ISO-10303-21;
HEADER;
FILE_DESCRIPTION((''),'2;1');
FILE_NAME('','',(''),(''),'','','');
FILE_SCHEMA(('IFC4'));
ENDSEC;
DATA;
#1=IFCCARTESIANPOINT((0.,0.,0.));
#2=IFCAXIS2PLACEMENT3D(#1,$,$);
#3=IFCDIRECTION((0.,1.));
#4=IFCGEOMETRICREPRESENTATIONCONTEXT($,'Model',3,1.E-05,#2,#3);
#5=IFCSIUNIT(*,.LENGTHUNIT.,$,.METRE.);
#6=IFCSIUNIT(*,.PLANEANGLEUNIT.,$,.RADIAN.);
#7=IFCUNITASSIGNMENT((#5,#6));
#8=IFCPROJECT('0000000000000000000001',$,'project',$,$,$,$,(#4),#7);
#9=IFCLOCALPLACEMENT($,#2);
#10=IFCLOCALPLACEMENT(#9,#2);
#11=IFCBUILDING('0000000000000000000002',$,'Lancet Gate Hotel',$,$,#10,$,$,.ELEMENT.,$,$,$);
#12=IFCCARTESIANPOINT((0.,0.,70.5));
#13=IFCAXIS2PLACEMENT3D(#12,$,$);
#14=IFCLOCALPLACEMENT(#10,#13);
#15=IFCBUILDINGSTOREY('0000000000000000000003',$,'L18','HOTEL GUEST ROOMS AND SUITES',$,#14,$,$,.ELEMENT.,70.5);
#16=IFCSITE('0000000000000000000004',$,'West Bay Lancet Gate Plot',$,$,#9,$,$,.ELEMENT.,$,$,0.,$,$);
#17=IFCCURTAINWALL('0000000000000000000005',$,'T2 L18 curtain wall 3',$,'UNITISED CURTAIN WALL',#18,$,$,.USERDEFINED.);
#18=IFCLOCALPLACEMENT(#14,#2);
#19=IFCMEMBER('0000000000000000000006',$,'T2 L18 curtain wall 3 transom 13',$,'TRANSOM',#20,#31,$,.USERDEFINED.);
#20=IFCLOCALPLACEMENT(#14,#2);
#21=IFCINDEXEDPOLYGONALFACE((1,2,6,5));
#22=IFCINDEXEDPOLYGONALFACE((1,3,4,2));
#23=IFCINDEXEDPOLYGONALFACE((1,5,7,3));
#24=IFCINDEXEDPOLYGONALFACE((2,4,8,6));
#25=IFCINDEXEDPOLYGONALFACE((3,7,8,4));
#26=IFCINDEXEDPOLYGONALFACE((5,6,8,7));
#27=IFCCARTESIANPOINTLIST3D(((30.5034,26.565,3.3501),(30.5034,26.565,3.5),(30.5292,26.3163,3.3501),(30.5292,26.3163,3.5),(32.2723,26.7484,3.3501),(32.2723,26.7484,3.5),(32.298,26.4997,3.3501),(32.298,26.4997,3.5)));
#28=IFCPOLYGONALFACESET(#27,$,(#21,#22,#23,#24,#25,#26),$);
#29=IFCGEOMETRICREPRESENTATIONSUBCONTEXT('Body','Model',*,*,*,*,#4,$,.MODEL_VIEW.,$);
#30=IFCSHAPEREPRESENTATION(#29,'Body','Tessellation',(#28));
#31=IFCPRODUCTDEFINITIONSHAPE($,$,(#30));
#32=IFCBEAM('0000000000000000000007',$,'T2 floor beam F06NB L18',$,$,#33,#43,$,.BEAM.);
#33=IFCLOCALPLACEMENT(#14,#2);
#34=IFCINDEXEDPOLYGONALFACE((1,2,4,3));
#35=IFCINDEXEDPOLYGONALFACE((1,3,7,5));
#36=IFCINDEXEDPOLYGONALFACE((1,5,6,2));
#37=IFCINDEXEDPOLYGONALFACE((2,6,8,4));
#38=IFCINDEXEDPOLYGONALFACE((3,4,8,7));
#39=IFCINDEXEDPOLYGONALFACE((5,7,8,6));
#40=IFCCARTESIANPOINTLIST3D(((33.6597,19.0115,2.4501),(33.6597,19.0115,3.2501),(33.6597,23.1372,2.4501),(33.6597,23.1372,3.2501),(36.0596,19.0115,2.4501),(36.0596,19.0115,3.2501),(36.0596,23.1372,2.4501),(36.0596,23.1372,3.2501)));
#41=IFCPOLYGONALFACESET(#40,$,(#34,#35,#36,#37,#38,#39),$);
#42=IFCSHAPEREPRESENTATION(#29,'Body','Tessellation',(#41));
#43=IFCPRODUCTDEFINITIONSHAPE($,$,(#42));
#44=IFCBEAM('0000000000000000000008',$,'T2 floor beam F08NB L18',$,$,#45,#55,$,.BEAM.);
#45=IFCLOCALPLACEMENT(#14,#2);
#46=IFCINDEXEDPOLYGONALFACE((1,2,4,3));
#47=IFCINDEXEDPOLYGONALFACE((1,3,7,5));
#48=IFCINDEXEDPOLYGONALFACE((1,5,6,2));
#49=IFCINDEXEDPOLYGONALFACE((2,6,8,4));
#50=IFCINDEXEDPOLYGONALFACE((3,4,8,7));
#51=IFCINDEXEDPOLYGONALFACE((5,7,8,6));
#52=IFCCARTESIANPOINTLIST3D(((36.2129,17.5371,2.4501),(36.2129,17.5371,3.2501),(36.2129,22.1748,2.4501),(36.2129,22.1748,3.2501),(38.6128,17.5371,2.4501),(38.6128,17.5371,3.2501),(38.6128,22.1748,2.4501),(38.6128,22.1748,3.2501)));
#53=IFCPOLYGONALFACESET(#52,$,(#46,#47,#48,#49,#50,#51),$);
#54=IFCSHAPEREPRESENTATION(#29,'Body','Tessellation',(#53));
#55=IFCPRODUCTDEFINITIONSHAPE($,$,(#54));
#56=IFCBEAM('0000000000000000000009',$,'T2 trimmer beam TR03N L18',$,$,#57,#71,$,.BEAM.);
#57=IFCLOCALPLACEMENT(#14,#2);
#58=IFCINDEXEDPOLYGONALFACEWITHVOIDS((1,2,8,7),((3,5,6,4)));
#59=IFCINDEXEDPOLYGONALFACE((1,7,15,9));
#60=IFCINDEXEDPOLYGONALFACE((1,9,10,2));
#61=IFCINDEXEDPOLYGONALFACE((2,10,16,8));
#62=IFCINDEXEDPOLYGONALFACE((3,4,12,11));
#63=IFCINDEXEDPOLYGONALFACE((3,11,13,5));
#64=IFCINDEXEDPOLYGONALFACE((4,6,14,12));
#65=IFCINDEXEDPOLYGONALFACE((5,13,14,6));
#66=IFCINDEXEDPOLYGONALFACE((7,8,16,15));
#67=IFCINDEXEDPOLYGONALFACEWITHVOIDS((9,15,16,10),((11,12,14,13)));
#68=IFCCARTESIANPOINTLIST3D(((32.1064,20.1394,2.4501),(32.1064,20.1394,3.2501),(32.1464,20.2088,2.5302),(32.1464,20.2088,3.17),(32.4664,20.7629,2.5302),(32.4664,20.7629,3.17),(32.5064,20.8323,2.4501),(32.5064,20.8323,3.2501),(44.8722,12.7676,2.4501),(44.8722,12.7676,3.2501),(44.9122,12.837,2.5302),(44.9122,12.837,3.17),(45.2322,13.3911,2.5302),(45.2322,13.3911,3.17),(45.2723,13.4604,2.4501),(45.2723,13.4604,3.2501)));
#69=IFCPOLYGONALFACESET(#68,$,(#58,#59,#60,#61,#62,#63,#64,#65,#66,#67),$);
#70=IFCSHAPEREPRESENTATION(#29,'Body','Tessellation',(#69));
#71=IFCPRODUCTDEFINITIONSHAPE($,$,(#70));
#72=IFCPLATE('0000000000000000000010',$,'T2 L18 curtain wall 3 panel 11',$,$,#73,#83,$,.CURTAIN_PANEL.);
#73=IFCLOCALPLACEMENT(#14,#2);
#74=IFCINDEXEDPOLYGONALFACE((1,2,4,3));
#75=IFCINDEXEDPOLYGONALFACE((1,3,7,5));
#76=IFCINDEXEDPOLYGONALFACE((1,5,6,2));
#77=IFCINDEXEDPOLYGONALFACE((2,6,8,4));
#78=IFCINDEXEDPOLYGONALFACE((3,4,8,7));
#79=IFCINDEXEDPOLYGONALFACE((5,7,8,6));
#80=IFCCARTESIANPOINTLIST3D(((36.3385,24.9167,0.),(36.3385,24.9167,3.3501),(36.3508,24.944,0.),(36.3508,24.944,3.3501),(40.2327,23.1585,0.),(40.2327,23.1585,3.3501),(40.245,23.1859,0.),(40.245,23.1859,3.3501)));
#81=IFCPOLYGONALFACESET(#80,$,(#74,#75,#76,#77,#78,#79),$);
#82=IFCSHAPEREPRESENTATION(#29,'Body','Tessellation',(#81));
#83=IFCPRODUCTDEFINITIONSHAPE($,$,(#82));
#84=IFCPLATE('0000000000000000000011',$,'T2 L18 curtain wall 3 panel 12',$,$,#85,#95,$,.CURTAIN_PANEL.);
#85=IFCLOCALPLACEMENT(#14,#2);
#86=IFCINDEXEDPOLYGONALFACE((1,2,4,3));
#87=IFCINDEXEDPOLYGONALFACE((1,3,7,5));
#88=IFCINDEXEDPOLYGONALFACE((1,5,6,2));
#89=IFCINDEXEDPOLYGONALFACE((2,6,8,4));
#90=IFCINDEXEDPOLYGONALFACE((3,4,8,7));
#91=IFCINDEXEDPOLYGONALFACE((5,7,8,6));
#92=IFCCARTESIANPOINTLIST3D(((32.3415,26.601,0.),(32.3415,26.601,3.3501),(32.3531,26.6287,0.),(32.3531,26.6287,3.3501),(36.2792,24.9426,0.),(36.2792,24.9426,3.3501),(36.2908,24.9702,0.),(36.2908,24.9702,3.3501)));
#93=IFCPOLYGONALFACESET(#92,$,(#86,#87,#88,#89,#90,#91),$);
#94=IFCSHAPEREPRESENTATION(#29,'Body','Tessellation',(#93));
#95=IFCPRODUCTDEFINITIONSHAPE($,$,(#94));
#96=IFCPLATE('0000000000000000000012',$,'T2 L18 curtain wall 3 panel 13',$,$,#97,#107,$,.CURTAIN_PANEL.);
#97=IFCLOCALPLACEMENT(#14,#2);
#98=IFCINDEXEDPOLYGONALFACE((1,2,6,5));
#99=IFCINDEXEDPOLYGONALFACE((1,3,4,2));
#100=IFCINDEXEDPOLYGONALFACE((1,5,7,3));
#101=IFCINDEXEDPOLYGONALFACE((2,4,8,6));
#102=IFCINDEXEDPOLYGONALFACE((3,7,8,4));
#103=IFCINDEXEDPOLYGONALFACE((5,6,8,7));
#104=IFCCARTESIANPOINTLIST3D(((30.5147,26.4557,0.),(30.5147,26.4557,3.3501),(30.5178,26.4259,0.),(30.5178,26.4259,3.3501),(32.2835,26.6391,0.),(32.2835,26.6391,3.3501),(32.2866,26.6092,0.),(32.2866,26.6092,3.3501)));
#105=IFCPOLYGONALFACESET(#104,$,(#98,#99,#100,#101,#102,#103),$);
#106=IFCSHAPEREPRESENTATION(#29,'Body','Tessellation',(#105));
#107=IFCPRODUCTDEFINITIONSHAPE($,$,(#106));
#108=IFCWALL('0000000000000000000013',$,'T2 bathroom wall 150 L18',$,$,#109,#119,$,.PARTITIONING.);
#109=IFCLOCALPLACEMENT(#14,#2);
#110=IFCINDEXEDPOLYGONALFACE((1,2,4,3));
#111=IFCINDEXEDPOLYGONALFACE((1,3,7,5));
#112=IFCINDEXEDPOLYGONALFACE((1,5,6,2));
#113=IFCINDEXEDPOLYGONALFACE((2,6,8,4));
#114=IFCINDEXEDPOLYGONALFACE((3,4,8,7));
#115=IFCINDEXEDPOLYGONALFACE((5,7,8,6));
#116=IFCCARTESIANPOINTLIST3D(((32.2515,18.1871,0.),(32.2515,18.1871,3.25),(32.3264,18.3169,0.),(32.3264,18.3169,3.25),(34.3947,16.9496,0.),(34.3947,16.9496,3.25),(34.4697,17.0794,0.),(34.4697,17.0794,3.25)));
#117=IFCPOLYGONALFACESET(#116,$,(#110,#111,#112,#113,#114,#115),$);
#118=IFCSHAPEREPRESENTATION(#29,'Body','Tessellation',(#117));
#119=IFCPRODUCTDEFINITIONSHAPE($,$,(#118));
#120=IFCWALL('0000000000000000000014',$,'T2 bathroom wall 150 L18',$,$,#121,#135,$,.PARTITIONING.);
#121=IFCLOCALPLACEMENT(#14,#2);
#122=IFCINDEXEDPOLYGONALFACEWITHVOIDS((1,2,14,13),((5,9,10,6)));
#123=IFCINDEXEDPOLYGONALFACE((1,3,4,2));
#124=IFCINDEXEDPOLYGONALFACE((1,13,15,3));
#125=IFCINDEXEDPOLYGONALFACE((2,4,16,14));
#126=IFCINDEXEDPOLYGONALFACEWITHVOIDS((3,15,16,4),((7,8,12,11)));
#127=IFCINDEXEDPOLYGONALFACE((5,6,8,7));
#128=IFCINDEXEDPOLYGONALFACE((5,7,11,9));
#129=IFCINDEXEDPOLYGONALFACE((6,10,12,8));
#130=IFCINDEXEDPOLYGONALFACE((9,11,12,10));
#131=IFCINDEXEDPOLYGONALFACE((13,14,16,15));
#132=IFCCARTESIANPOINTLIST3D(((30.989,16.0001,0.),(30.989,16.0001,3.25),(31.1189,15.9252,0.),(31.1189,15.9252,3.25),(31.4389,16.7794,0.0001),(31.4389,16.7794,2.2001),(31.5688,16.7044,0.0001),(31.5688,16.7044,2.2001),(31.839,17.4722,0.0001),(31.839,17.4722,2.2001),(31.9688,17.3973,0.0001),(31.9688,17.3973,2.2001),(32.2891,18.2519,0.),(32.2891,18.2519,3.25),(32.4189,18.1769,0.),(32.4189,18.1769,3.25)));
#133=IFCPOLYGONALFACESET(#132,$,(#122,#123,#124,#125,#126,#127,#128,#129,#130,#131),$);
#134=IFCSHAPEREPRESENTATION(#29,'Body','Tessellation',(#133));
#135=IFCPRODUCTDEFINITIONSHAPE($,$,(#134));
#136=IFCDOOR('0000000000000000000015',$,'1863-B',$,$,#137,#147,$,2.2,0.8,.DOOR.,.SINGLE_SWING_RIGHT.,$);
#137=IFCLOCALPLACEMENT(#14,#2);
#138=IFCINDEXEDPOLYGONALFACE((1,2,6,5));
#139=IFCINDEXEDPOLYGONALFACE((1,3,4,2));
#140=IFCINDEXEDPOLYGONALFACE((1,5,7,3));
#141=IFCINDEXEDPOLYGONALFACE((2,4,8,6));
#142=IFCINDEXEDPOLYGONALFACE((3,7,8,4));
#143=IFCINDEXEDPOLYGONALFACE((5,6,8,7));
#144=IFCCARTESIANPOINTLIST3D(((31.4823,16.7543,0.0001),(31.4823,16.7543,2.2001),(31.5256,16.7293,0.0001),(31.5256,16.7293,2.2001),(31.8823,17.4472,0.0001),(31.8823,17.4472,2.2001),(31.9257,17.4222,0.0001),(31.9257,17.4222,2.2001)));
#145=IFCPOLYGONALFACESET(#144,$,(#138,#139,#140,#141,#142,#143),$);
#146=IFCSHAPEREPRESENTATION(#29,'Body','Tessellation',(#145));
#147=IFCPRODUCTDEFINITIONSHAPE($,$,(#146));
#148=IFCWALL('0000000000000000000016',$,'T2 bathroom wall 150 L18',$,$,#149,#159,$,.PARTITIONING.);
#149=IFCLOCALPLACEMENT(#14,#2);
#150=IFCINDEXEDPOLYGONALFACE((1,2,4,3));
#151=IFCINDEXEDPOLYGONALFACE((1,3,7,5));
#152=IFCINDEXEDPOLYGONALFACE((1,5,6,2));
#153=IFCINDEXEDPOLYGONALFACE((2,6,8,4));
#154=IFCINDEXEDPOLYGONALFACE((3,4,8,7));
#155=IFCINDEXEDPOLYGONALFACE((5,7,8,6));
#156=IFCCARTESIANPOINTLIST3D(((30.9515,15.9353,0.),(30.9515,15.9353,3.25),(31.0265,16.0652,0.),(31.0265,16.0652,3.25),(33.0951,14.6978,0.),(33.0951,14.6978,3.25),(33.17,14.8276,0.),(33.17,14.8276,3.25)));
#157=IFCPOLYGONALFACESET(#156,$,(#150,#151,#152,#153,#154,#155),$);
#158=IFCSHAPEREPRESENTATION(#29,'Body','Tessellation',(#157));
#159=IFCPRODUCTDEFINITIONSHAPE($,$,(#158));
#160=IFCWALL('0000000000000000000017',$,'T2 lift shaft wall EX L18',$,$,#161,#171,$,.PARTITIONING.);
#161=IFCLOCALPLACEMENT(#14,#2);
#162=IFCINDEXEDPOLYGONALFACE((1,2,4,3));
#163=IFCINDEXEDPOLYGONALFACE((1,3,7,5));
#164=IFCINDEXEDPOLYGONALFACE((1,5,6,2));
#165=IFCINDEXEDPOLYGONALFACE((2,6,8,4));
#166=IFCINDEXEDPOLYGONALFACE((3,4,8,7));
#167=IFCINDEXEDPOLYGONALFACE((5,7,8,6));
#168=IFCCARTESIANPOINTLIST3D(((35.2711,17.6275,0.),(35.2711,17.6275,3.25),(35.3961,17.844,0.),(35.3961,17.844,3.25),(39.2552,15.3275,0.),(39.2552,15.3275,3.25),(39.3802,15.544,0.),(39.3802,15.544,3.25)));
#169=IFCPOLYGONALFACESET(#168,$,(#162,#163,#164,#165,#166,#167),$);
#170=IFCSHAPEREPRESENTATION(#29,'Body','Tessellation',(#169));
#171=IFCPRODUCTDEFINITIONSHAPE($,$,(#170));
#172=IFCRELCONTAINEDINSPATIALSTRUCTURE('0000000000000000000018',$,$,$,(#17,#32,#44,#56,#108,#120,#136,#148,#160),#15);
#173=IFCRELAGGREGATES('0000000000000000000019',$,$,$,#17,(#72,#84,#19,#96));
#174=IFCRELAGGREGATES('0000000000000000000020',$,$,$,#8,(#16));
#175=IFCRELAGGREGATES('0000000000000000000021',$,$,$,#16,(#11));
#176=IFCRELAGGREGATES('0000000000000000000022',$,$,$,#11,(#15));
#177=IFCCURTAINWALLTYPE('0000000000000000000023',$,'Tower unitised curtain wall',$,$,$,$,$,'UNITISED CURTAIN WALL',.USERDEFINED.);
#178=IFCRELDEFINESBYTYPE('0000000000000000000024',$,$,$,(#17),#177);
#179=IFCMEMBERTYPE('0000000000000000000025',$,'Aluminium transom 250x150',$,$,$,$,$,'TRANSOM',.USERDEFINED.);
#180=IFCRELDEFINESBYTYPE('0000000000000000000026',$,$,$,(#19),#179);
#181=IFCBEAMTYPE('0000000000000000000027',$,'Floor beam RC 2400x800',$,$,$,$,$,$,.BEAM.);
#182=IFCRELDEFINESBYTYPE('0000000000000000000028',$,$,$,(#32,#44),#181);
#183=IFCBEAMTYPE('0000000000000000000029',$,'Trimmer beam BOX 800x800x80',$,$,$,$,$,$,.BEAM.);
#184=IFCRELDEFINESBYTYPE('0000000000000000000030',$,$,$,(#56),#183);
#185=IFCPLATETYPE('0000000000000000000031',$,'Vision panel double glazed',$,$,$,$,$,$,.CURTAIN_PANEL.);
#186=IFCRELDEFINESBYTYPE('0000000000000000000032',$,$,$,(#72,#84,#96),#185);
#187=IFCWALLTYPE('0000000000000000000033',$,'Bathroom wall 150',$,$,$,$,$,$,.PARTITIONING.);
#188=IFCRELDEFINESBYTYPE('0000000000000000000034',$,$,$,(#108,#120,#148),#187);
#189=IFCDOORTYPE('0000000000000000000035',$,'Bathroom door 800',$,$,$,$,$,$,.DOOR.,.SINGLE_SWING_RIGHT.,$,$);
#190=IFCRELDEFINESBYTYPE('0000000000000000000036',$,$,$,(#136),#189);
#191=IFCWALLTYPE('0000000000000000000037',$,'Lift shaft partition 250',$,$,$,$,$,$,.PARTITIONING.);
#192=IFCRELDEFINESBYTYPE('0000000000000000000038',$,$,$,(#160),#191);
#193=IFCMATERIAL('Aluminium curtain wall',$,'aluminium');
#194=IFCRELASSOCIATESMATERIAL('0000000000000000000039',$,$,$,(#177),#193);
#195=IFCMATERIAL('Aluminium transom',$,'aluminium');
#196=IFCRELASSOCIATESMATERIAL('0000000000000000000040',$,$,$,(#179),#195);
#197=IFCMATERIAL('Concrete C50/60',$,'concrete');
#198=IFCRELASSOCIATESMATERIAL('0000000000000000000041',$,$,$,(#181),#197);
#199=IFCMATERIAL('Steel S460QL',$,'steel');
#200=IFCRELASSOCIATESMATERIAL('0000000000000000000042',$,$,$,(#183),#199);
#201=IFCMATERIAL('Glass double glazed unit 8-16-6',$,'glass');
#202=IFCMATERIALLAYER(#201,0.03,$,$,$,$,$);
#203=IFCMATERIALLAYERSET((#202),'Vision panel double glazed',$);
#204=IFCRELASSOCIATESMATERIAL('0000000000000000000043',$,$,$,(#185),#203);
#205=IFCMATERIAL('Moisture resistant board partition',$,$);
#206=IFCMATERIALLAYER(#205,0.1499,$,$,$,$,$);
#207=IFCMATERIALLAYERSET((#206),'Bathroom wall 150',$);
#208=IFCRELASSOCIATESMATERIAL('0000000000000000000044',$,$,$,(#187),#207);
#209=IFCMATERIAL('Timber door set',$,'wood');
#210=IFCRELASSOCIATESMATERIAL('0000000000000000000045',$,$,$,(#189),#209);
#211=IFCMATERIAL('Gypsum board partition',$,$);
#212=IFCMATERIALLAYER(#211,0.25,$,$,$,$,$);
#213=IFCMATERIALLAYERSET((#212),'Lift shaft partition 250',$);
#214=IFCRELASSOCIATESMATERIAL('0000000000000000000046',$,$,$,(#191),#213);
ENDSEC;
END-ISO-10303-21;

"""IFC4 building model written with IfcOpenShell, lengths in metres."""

from ifc_helpers import new_model, si_unit, direction, frame, frame_2d, origin, origin_2d, place, context, subcontext, project, spatial, rectangle, hollow_rectangle, extrude, material, layer, layer_set, material_profile, profile_set, type_object, element, fill, aggregate, save


model = new_model("IFC4")

# Units and contexts
model_context = context("Model", 3, precision=1e-05, world=origin(), true_north=direction((0.0, 1.0)))
body_context = subcontext(model_context, "Body", "Model", "MODEL_VIEW")
ifc_project = project(units=[si_unit("LENGTHUNIT", "METRE"), si_unit("PLANEANGLEUNIT", "RADIAN")], contexts=[model_context])

# Site, building, storey
site_placement = place(None, origin())
site = spatial("IfcSite", under=ifc_project, at=site_placement, Name="West Bay Lancet Gate Plot", CompositionType="ELEMENT", RefElevation=0.0)
building_placement = place(site_placement, origin())
building = spatial("IfcBuilding", under=site, at=building_placement, Name="Lancet Gate Hotel", CompositionType="ELEMENT")
storey_placement = place(building_placement, frame((0.0, 0.0, 70.5)))
storey = spatial("IfcBuildingStorey", under=building, at=storey_placement, Name="L18", Description="HOTEL GUEST ROOMS AND SUITES", CompositionType="ELEMENT", Elevation=70.5)

# Curtain wall, member
ifc_material_1 = material(Name="Aluminium curtain wall", Category="aluminium")
curtain_wall_type = type_object("IfcCurtainWallType", Name="Tower unitised curtain wall", ElementType="UNITISED CURTAIN WALL", PredefinedType="USERDEFINED", material=ifc_material_1)
curtain_wall_placement = place(storey_placement, origin())
curtain_wall = element("IfcCurtainWall", 1, at=curtain_wall_placement, inside=storey, type_object=curtain_wall_type, Name="T2 L18 curtain wall 3", ObjectType="UNITISED CURTAIN WALL", PredefinedType="USERDEFINED")
ifc_material_2 = material(Name="Aluminium transom", Category="aluminium")
ifc_material_profile_1 = material_profile(ifc_material_2, rectangle(XDim=0.25, YDim=0.1499, at=origin_2d()), Name="TRANSOM 250x150")
ifc_profile_set_1 = profile_set([ifc_material_profile_1], Name="Aluminium transom")
member_type_1 = type_object("IfcMemberType", Name="Aluminium transom 250x150", ElementType="TRANSOM", PredefinedType="USERDEFINED", material=ifc_profile_set_1)
member_1_placement = place(storey_placement, frame((32.2852, 26.624, 3.425), z_axis=(-0.99467, -0.103105, 0.0), x_axis=(0.103105, -0.99467, 0.0)))
member_1 = element("IfcMember", 2, at=member_1_placement, type_object=member_type_1, Name="T2 L18 curtain wall 3 transom 13", ObjectType="TRANSOM", PredefinedType="USERDEFINED", context=body_context, shape_type="SweptSolid", body=[
    extrude(rectangle(XDim=0.25, YDim=0.1499, at=origin_2d()), origin(), (0.0, 0.0, 1.0), 1.7783),
])

# Beams
ifc_material_3 = material(Name="Concrete C50/60", Category="concrete")
ifc_material_profile_2 = material_profile(ifc_material_3, rectangle(XDim=2.3999, YDim=0.8, at=origin_2d()), Name="RC 2400x800")
ifc_profile_set_2 = profile_set([ifc_material_profile_2], Name="Concrete C50/60")
beam_type_1 = type_object("IfcBeamType", Name="Floor beam RC 2400x800", PredefinedType="BEAM", material=ifc_profile_set_2)
beam_1_placement = place(storey_placement, frame((34.8596, 19.0115, 2.8501), z_axis=(0.0, 1.0, 0.0), x_axis=(-1.0, 0.0, 0.0)))
element("IfcBeam", 3, at=beam_1_placement, inside=storey, type_object=beam_type_1, Name="T2 floor beam F06NB L18", PredefinedType="BEAM", context=body_context, shape_type="SweptSolid", body=[
    extrude(rectangle(XDim=2.3999, YDim=0.8, at=origin_2d()), origin(), (0.0, 0.0, 1.0), 4.1257),
])
beam_2_placement = place(storey_placement, frame((37.4128, 17.5371, 2.8501), z_axis=(0.0, 1.0, 0.0), x_axis=(-1.0, 0.0, 0.0)))
element("IfcBeam", 4, at=beam_2_placement, inside=storey, type_object=beam_type_1, Name="T2 floor beam F08NB L18", PredefinedType="BEAM", context=body_context, shape_type="SweptSolid", body=[
    extrude(rectangle(XDim=2.3999, YDim=0.8, at=origin_2d()), origin(), (0.0, 0.0, 1.0), 4.6377),
])
ifc_material_4 = material(Name="Steel S460QL", Category="steel")
ifc_material_profile_3 = material_profile(ifc_material_4, hollow_rectangle(XDim=0.8, YDim=0.8, WallThickness=0.0801, at=origin_2d()), Name="BOX 800x800x80")
ifc_profile_set_3 = profile_set([ifc_material_profile_3], Name="Steel S460QL")
beam_type_2 = type_object("IfcBeamType", Name="Trimmer beam BOX 800x800x80", PredefinedType="BEAM", material=ifc_profile_set_3)
beam_3_placement = place(storey_placement, frame((32.3064, 20.4858, 2.8501), z_axis=(0.865983, -0.500074, 0.0), x_axis=(0.500074, 0.865983, 0.0)))
element("IfcBeam", 5, at=beam_3_placement, inside=storey, type_object=beam_type_2, Name="T2 trimmer beam TR03N L18", PredefinedType="BEAM", context=body_context, shape_type="SweptSolid", body=[
    extrude(hollow_rectangle(XDim=0.8, YDim=0.8, WallThickness=0.0801, at=origin_2d()), origin(), (0.0, 0.0, 1.0), 14.7415),
])

# Plates
ifc_material_5 = material(Name="Glass double glazed unit 8-16-6", Category="glass")
ifc_layer_1 = layer(ifc_material_5, 0.03)
ifc_layer_set_1 = layer_set([ifc_layer_1], Name="Vision panel double glazed")
plate_type = type_object("IfcPlateType", Name="Vision panel double glazed", PredefinedType="CURTAIN_PANEL", material=ifc_layer_set_1)
plate_1_placement = place(storey_placement, frame((38.2917, 24.0513, 0.0), z_axis=(0.0, 0.0, 1.0), x_axis=(-0.911416, 0.411487, 0.0)))
plate_1 = element("IfcPlate", 6, at=plate_1_placement, type_object=plate_type, Name="T2 L18 curtain wall 3 panel 11", PredefinedType="CURTAIN_PANEL", context=body_context, shape_type="SweptSolid", body=[
    extrude(rectangle(XDim=4.2727, YDim=0.03, at=origin_2d()), origin(), (0.0, 0.0, 1.0), 3.3501),
])
plate_2_placement = place(storey_placement, frame((34.3162, 25.7856, 0.0), z_axis=(0.0, 0.0, 1.0), x_axis=(-0.921593, 0.388157, 0.0)))
plate_2 = element("IfcPlate", 7, at=plate_2_placement, type_object=plate_type, Name="T2 L18 curtain wall 3 panel 12", PredefinedType="CURTAIN_PANEL", context=body_context, shape_type="SweptSolid", body=[
    extrude(rectangle(XDim=4.2727, YDim=0.03, at=origin_2d()), origin(), (0.0, 0.0, 1.0), 3.3501),
])
plate_3_placement = place(storey_placement, frame((31.4006, 26.5325, 0.0), z_axis=(0.0, 0.0, 1.0), x_axis=(-0.994672, -0.103088, 0.0)))
plate_3 = element("IfcPlate", 8, at=plate_3_placement, type_object=plate_type, Name="T2 L18 curtain wall 3 panel 13", PredefinedType="CURTAIN_PANEL", context=body_context, shape_type="SweptSolid", body=[
    extrude(rectangle(XDim=1.7783, YDim=0.03, at=origin_2d()), origin(), (0.0, 0.0, 1.0), 3.3501),
])
aggregate(curtain_wall, [plate_1, plate_2, member_1, plate_3])

# Wall
ifc_material_6 = material(Name="Moisture resistant board partition")
ifc_layer_2 = layer(ifc_material_6, 0.1499)
ifc_layer_set_2 = layer_set([ifc_layer_2], Name="Bathroom wall 150")
wall_type_1 = type_object("IfcWallType", Name="Bathroom wall 150", PredefinedType="PARTITIONING", material=ifc_layer_set_2)
wall_1_placement = place(storey_placement, frame((32.2891, 18.252, 0.0), z_axis=(0.0, 0.0, 1.0), x_axis=(0.866007, -0.500033, 0.0)))
element("IfcWall", 9, at=wall_1_placement, inside=storey, type_object=wall_type_1, Name="T2 bathroom wall 150 L18", PredefinedType="PARTITIONING", context=body_context, shape_type="SweptSolid", body=[
    extrude(rectangle(XDim=2.4749, YDim=0.1499, at=frame_2d((1.2373, 0.0))), origin(), (0.0, 0.0, 1.0), 3.25),
])

# Wall, opening, door
wall_2_placement = place(storey_placement, frame((31.054, 15.9626, 0.0), z_axis=(0.0, 0.0, 1.0), x_axis=(0.500007, 0.866021, 0.0)))
wall_2 = element("IfcWall", 10, at=wall_2_placement, inside=storey, type_object=wall_type_1, Name="T2 bathroom wall 150 L18", PredefinedType="PARTITIONING", context=body_context, shape_type="SweptSolid", body=[
    extrude(rectangle(XDim=2.6001, YDim=0.1499, at=frame_2d((1.3, 0.0))), origin(), (0.0, 0.0, 1.0), 3.25),
])
opening_placement = place(wall_2_placement, frame((0.8999, 0.0, 0.0)))
opening = element("IfcOpeningElement", 11, at=opening_placement, cuts=wall_2, PredefinedType="OPENING", context=body_context, shape_type="SweptSolid", body=[
    extrude(rectangle(XDim=0.8, YDim=2.2, at=frame_2d((0.3999, 1.1001))), frame((0.0, 0.085, 0.0), z_axis=(0.0, -1.0, 0.0), x_axis=(1.0, 0.0, 0.0)), (0.0, 0.0, 1.0), 0.1699),
])
ifc_material_7 = material(Name="Timber door set", Category="wood")
door_type = type_object("IfcDoorType", Name="Bathroom door 800", OperationType="SINGLE_SWING_RIGHT", PredefinedType="DOOR", material=ifc_material_7)
door_placement = place(opening_placement, origin())
door = element("IfcDoor", 12, at=door_placement, inside=storey, type_object=door_type, Name="1863-B", OperationType="SINGLE_SWING_RIGHT", OverallHeight=2.2, OverallWidth=0.8, PredefinedType="DOOR", context=body_context, shape_type="SweptSolid", body=[
    extrude(rectangle(XDim=0.8, YDim=2.2, at=frame_2d((0.3999, 1.1001))), frame((0.0, 0.0249, 0.0), z_axis=(0.0, -1.0, 0.0), x_axis=(1.0, 0.0, 0.0)), (0.0, 0.0, 1.0), 0.05),
])
fill(opening, door)

# Walls
wall_3_placement = place(storey_placement, frame((30.989, 16.0002, 0.0), z_axis=(0.0, 0.0, 1.0), x_axis=(0.866031, -0.49999, 0.0)))
element("IfcWall", 13, at=wall_3_placement, inside=storey, type_object=wall_type_1, Name="T2 bathroom wall 150 L18", PredefinedType="PARTITIONING", context=body_context, shape_type="SweptSolid", body=[
    extrude(rectangle(XDim=2.4751, YDim=0.1499, at=frame_2d((1.2375, 0.0))), origin(), (0.0, 0.0, 1.0), 3.25),
])
ifc_material_8 = material(Name="Gypsum board partition")
ifc_layer_3 = layer(ifc_material_8, 0.25)
ifc_layer_set_3 = layer_set([ifc_layer_3], Name="Lift shaft partition 250")
wall_type_2 = type_object("IfcWallType", Name="Lift shaft partition 250", PredefinedType="PARTITIONING", material=ifc_layer_set_3)
wall_4_placement = place(storey_placement, frame((35.3335, 17.7358, 0.0), z_axis=(0.0, 0.0, 1.0), x_axis=(0.866043, -0.499969, 0.0)))
element("IfcWall", 14, at=wall_4_placement, inside=storey, type_object=wall_type_2, Name="T2 lift shaft wall EX L18", PredefinedType="PARTITIONING", context=body_context, shape_type="SweptSolid", body=[
    extrude(rectangle(XDim=4.6003, YDim=0.25, at=frame_2d((2.3003, 0.0))), origin(), (0.0, 0.0, 1.0), 3.25),
])

save(model, "model.ifc")
